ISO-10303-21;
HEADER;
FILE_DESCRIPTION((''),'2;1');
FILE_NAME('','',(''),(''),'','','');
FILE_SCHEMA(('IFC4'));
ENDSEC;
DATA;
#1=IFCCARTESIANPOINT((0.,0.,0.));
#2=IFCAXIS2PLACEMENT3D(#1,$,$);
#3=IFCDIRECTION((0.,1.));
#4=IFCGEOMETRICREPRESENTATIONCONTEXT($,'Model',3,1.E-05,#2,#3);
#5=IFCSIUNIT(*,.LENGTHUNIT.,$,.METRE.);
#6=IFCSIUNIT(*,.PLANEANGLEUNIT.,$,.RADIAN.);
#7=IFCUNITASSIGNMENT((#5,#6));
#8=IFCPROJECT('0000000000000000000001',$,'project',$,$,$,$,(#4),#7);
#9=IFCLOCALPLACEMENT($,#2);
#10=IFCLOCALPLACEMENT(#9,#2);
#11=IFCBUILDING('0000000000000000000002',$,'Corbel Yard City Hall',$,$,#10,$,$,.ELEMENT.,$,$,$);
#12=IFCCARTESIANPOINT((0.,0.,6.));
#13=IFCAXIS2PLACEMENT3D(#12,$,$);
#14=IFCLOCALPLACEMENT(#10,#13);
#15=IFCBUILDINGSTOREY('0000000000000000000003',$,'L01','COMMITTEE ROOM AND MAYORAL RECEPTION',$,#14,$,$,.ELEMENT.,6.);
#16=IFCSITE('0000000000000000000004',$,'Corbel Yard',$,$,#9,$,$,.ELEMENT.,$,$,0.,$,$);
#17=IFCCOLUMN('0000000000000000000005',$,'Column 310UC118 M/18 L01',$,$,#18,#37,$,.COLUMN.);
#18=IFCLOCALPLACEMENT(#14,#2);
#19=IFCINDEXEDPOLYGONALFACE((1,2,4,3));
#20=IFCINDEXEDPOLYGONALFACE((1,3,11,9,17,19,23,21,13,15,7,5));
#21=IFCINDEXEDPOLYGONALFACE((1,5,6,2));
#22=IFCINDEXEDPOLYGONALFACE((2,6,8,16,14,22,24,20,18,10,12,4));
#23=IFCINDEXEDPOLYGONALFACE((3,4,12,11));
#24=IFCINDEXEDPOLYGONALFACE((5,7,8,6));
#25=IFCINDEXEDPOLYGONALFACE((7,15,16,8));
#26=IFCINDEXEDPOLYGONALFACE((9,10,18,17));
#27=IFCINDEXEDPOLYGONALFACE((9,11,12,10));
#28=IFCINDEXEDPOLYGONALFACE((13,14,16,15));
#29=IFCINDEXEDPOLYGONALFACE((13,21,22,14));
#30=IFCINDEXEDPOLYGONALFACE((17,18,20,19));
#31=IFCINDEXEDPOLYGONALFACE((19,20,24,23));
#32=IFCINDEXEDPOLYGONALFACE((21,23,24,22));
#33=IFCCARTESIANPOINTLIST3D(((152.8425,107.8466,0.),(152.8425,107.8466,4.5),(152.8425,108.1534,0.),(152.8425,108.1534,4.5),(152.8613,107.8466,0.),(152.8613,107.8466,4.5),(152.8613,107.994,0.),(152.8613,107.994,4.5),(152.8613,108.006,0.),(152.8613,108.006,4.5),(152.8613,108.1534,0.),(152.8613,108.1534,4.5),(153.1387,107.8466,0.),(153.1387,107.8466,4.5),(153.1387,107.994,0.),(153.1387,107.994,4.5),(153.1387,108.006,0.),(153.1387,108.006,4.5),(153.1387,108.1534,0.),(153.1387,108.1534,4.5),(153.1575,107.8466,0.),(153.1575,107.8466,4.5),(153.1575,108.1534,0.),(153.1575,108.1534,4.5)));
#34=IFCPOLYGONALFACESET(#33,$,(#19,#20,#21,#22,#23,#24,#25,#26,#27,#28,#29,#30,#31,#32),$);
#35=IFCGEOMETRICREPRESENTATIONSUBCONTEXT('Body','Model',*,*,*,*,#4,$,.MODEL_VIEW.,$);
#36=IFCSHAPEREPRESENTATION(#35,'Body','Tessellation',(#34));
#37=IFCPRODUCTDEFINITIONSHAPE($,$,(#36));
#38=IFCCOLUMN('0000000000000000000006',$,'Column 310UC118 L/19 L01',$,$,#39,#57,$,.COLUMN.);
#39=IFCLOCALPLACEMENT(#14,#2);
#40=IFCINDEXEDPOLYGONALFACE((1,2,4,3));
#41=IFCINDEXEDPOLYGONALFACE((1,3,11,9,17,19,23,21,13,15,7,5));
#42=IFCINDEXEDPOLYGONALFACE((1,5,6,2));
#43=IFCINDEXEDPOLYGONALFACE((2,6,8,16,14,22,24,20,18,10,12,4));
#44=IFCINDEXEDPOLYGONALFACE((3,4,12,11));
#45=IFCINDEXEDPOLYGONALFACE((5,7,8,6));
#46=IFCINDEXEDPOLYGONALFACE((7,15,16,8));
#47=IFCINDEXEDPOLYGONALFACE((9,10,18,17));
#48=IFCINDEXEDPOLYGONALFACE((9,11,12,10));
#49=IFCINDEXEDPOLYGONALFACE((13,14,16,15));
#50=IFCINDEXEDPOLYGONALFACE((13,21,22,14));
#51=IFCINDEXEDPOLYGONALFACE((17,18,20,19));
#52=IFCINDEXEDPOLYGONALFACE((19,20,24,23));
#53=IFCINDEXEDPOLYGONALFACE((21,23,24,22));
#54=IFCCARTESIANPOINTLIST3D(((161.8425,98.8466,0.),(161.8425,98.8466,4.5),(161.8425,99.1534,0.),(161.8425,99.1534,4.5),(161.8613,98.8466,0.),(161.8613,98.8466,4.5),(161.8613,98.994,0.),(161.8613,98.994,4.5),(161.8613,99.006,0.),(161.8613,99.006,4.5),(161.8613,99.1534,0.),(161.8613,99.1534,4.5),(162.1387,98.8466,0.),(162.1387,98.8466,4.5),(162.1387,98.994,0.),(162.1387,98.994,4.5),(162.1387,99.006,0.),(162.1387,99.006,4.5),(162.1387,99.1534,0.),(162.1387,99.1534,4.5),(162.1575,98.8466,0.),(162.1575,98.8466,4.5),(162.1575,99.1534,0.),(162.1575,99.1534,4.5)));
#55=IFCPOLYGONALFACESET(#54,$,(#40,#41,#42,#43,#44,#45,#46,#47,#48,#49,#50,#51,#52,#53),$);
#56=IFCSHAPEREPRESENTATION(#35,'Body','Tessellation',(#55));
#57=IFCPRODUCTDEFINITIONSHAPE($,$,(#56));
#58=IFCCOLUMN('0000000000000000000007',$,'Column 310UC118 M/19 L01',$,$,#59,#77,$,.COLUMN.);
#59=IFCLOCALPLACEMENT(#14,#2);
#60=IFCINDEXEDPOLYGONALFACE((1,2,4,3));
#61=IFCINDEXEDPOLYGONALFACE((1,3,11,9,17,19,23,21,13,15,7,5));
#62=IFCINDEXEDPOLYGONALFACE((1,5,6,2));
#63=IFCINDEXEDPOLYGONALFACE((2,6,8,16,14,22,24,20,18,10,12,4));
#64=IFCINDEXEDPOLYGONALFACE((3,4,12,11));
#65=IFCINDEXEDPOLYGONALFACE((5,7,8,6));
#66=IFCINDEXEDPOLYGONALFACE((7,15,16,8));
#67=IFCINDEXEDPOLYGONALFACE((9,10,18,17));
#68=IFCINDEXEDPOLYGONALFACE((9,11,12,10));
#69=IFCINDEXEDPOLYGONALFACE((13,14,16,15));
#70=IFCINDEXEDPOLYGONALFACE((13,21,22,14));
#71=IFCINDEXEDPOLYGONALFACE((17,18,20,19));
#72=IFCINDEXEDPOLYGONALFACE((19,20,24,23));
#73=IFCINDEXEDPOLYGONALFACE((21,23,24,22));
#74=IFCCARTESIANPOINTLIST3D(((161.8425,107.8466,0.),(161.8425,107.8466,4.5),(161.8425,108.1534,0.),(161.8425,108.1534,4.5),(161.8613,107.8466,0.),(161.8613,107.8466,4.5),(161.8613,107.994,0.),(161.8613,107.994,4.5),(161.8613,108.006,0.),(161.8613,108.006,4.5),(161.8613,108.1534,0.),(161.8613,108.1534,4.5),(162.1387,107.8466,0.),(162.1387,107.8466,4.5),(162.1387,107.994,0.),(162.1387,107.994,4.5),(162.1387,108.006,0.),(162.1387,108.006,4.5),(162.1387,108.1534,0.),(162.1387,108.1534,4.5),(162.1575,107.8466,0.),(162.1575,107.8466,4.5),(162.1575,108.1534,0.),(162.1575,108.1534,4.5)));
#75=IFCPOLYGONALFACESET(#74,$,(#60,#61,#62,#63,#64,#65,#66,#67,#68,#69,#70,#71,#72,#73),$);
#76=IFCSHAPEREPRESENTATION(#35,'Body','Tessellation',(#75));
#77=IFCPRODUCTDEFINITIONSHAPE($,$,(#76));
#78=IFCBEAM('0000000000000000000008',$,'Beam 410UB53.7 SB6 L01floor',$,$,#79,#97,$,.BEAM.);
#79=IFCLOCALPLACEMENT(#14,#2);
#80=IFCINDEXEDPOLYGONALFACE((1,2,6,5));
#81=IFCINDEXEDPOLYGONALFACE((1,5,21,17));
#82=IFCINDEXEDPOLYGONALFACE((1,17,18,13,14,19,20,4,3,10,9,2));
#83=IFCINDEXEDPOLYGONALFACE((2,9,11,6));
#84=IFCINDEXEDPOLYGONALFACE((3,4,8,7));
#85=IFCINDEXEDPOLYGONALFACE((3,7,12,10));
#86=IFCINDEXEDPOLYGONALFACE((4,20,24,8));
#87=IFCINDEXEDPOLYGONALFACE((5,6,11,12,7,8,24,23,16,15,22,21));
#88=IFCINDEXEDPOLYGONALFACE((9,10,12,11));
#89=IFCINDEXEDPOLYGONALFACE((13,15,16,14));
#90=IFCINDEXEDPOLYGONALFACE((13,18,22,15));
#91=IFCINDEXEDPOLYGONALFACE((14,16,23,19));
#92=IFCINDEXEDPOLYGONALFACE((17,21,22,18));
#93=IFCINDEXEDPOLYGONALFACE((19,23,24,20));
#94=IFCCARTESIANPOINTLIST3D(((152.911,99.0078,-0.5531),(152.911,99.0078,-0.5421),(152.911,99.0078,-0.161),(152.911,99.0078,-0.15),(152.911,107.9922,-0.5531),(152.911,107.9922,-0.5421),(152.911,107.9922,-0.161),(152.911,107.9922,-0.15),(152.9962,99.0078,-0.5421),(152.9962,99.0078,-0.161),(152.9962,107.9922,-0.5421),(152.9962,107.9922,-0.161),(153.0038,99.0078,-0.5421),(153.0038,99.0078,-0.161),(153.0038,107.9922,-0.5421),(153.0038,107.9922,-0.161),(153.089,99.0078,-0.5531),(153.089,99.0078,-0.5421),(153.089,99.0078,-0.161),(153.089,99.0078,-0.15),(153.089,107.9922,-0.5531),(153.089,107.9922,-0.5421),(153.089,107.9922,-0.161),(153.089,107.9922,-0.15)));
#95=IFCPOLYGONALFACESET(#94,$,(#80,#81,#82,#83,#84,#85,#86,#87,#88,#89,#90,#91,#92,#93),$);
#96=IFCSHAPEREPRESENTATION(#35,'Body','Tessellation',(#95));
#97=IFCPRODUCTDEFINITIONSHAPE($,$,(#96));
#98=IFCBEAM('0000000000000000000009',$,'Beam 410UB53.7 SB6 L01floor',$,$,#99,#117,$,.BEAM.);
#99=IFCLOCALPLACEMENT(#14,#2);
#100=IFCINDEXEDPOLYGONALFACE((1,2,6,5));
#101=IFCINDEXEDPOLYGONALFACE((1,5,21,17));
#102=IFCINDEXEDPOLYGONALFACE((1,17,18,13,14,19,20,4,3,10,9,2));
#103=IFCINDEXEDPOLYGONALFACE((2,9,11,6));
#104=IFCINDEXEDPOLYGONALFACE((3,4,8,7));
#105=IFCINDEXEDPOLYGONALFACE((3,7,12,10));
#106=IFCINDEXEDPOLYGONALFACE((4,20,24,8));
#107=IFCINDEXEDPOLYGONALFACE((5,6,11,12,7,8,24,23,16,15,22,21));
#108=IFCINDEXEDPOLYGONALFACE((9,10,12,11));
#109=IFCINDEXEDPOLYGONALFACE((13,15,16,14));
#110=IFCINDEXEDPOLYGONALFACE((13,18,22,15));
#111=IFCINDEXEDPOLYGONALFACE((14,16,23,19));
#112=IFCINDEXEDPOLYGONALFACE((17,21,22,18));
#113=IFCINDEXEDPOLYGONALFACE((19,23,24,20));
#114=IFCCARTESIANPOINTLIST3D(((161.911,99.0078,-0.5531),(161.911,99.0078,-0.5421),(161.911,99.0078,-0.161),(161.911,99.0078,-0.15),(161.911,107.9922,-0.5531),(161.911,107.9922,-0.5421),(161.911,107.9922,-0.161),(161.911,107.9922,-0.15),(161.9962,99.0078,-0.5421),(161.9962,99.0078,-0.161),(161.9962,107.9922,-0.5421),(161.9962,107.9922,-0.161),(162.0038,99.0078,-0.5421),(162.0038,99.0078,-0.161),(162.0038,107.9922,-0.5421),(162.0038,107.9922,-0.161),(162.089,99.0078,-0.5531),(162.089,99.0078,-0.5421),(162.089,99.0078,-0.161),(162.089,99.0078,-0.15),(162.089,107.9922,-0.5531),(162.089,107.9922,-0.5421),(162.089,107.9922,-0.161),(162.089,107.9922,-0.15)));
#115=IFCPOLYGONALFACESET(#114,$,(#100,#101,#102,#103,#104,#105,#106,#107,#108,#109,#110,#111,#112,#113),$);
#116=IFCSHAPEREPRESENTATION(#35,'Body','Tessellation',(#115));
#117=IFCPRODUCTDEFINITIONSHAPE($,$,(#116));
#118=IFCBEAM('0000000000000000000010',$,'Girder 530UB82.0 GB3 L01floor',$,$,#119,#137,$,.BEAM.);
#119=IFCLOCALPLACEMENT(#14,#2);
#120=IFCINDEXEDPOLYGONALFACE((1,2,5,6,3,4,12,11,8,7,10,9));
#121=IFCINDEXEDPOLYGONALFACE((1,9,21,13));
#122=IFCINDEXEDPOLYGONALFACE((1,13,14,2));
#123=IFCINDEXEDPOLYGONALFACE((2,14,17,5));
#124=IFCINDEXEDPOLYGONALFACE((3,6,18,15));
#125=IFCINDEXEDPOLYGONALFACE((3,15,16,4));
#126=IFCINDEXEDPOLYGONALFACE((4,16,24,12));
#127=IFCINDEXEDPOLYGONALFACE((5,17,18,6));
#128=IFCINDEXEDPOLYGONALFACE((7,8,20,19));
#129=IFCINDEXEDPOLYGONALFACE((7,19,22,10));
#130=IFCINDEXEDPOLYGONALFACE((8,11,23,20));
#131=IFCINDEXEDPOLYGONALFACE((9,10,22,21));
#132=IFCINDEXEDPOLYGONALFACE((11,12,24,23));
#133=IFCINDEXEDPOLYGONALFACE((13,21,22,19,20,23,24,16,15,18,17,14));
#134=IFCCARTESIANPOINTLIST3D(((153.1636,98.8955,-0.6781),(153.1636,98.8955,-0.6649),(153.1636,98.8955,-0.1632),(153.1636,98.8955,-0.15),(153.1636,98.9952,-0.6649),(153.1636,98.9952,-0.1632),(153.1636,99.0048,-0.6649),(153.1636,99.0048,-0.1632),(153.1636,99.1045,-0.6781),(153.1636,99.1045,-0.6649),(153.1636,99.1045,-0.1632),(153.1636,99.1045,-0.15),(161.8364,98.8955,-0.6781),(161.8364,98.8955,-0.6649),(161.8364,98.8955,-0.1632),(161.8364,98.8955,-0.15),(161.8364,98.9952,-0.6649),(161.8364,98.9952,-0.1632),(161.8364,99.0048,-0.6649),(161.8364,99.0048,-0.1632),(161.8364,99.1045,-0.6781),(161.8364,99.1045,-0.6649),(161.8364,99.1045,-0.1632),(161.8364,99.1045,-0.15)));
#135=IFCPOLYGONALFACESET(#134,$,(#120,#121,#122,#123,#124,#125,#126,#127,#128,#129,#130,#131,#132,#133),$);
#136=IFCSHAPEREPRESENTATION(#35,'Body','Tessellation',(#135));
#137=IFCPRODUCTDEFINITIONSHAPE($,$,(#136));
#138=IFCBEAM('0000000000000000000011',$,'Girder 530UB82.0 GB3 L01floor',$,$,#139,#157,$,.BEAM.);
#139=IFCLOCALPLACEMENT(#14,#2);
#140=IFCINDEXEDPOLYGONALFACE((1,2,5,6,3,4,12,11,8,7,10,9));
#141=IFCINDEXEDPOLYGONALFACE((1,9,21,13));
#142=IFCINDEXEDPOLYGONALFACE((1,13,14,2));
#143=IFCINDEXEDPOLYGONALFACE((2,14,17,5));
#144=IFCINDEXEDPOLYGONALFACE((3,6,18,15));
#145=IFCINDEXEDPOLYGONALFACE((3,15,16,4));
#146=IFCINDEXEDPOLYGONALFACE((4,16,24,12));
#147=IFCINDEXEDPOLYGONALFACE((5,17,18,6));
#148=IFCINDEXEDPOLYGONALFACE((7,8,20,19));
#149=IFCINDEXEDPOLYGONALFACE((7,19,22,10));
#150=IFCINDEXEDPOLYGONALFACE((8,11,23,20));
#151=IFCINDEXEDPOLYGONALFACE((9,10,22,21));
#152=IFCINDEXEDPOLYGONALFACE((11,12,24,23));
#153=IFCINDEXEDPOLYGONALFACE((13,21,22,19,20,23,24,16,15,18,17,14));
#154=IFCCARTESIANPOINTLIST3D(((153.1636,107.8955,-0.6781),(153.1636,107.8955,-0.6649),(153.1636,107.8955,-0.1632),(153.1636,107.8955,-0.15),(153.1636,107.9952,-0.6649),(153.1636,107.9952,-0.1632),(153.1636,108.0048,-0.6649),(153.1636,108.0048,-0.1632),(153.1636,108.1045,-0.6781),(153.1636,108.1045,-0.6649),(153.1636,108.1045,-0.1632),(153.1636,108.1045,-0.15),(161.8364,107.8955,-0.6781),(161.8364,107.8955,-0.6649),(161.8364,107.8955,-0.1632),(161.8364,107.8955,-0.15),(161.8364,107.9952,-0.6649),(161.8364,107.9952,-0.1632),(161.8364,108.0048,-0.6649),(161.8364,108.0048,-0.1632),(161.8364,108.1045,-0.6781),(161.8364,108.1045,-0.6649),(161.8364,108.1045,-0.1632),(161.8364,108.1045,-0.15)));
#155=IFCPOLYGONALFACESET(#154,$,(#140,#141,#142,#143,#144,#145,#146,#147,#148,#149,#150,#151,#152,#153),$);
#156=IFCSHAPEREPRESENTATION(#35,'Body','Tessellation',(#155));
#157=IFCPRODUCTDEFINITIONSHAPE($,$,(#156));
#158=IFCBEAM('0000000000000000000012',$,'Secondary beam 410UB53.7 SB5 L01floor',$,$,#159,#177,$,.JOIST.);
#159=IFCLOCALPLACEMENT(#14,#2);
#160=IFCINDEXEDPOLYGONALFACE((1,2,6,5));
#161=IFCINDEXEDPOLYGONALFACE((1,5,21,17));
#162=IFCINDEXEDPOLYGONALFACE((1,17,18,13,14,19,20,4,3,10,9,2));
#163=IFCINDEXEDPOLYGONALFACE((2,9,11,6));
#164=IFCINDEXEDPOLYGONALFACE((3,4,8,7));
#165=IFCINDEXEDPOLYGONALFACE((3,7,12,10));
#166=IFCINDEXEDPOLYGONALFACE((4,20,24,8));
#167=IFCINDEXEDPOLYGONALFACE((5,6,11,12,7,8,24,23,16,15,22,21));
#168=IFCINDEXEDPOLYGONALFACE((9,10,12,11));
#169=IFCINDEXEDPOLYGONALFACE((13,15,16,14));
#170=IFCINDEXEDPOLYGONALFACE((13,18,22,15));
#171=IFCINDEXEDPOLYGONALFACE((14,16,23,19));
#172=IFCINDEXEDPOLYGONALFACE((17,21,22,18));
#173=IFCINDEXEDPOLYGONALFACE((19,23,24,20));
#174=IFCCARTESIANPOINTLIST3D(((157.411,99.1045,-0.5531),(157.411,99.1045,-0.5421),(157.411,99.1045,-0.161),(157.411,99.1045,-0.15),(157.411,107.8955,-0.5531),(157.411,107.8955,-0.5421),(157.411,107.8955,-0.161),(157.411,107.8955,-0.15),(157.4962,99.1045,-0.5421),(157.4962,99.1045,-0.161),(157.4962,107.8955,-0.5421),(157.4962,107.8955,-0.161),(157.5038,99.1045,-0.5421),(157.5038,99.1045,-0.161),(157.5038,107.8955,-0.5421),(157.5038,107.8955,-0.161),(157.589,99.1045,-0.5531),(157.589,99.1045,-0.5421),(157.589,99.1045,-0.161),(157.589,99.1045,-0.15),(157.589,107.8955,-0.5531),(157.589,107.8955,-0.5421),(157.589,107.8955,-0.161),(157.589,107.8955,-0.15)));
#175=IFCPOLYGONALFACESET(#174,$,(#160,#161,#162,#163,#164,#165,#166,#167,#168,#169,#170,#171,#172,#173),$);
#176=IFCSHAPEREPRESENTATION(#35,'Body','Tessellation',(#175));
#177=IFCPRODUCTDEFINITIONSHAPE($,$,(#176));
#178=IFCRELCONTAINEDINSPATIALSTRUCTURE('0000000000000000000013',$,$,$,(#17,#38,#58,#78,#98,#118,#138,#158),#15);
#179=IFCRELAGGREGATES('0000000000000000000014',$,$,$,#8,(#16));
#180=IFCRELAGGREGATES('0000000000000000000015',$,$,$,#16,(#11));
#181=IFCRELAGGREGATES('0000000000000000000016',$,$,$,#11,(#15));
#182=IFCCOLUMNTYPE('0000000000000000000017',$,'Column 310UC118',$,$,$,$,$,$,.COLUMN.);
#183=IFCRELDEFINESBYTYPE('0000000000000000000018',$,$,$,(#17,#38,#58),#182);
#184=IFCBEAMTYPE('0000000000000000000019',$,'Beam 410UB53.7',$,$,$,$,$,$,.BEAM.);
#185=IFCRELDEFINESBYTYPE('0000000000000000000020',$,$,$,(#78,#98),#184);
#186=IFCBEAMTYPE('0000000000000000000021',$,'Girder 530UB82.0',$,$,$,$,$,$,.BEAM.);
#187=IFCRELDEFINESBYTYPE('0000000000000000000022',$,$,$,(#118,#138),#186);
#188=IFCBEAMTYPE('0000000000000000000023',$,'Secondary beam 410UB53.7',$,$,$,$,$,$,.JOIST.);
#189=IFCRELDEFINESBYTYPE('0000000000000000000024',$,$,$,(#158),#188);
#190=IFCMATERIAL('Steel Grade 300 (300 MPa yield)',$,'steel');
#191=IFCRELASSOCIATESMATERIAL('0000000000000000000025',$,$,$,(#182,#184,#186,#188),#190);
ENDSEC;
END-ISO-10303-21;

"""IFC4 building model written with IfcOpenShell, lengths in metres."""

from ifc_helpers import new_model, si_unit, direction, frame, origin, origin_2d, place, context, subcontext, project, spatial, i_section, extrude, material, material_profile, profile_set, type_object, element, save


model = new_model("IFC4")

# Units and contexts
model_context = context("Model", 3, precision=1e-05, world=origin(), true_north=direction((0.0, 1.0)))
body_context = subcontext(model_context, "Body", "Model", "MODEL_VIEW")
ifc_project = project(units=[si_unit("LENGTHUNIT", "METRE"), si_unit("PLANEANGLEUNIT", "RADIAN")], contexts=[model_context])

# Site, building, storey
site_placement = place(None, origin())
site = spatial("IfcSite", under=ifc_project, at=site_placement, Name="Corbel Yard", CompositionType="ELEMENT", RefElevation=0.0)
building_placement = place(site_placement, origin())
building = spatial("IfcBuilding", under=site, at=building_placement, Name="Corbel Yard City Hall", CompositionType="ELEMENT")
storey_placement = place(building_placement, frame((0.0, 0.0, 6.0)))
storey = spatial("IfcBuildingStorey", under=building, at=storey_placement, Name="L01", Description="COMMITTEE ROOM AND MAYORAL RECEPTION", CompositionType="ELEMENT", Elevation=6.0)

# Columns
ifc_material_1 = material(Name="Steel Grade 300 (300 MPa yield)", Category="steel")
ifc_material_profile_1 = material_profile(ifc_material_1, i_section(OverallWidth=0.3069, OverallDepth=0.3149, WebThickness=0.012, FlangeThickness=0.0188, at=origin_2d()), Name="310UC118")
ifc_profile_set_1 = profile_set([ifc_material_profile_1], Name="Steel Grade 300 (300 MPa yield)")
column_type = type_object("IfcColumnType", Name="Column 310UC118", PredefinedType="COLUMN", material=ifc_profile_set_1)
for number, where, z_axis, x_axis, name in (
    (1, (153.0, 108.0, 0.0), (0.0, 0.0, 1.0), (0.0, 1.0, 0.0), "Column 310UC118 M/18 L01"),
    (2, (162.0, 99.0, 0.0), (0.0, 0.0, 1.0), (0.0, 1.0, 0.0), "Column 310UC118 L/19 L01"),
    (3, (162.0, 108.0, 0.0), (0.0, 0.0, 1.0), (0.0, 1.0, 0.0), "Column 310UC118 M/19 L01"),
):
    element("IfcColumn", number, at=place(storey_placement, frame(where, z_axis=z_axis, x_axis=x_axis)), inside=storey, type_object=column_type, Name=name, PredefinedType="COLUMN", context=body_context, shape_type="SweptSolid", body=[
        extrude(i_section(OverallWidth=0.3069, OverallDepth=0.3149, WebThickness=0.012, FlangeThickness=0.0188, at=origin_2d()), origin(), (0.0, 0.0, 1.0), 4.5),
    ])

# Beams
ifc_material_profile_2 = material_profile(ifc_material_1, i_section(OverallWidth=0.178, OverallDepth=0.4031, WebThickness=0.0076, FlangeThickness=0.011, at=origin_2d()), Name="410UB53.7")
ifc_profile_set_2 = profile_set([ifc_material_profile_2], Name="Steel Grade 300 (300 MPa yield)")
beam_type_1 = type_object("IfcBeamType", Name="Beam 410UB53.7", PredefinedType="BEAM", material=ifc_profile_set_2)
for number, where, z_axis, x_axis, name in (
    (4, (153.0, 99.0078, -0.3516), (0.0, 1.0, 0.0), (-1.0, 0.0, 0.0), "Beam 410UB53.7 SB6 L01floor"),
    (5, (162.0, 99.0078, -0.3516), (0.0, 1.0, 0.0), (-1.0, 0.0, 0.0), "Beam 410UB53.7 SB6 L01floor"),
):
    element("IfcBeam", number, at=place(storey_placement, frame(where, z_axis=z_axis, x_axis=x_axis)), inside=storey, type_object=beam_type_1, Name=name, PredefinedType="BEAM", context=body_context, shape_type="SweptSolid", body=[
        extrude(i_section(OverallWidth=0.178, OverallDepth=0.4031, WebThickness=0.0076, FlangeThickness=0.011, at=origin_2d()), origin(), (0.0, 0.0, 1.0), 8.9844),
    ])
ifc_material_profile_3 = material_profile(ifc_material_1, i_section(OverallWidth=0.209, OverallDepth=0.5281, WebThickness=0.0095, FlangeThickness=0.0132, at=origin_2d()), Name="530UB82.0")
ifc_profile_set_3 = profile_set([ifc_material_profile_3], Name="Steel Grade 300 (300 MPa yield)")
beam_type_2 = type_object("IfcBeamType", Name="Girder 530UB82.0", PredefinedType="BEAM", material=ifc_profile_set_3)
for number, where, z_axis, x_axis, name in (
    (6, (153.1636, 99.0, -0.4141), (1.0, 0.0, 0.0), (0.0, 1.0, 0.0), "Girder 530UB82.0 GB3 L01floor"),
    (7, (153.1636, 108.0, -0.4141), (1.0, 0.0, 0.0), (0.0, 1.0, 0.0), "Girder 530UB82.0 GB3 L01floor"),
):
    element("IfcBeam", number, at=place(storey_placement, frame(where, z_axis=z_axis, x_axis=x_axis)), inside=storey, type_object=beam_type_2, Name=name, PredefinedType="BEAM", context=body_context, shape_type="SweptSolid", body=[
        extrude(i_section(OverallWidth=0.209, OverallDepth=0.5281, WebThickness=0.0095, FlangeThickness=0.0132, at=origin_2d()), origin(), (0.0, 0.0, 1.0), 8.6729),
    ])
ifc_material_profile_4 = material_profile(ifc_material_1, i_section(OverallWidth=0.178, OverallDepth=0.4031, WebThickness=0.0076, FlangeThickness=0.011, at=origin_2d()), Name="410UB53.7")
ifc_profile_set_4 = profile_set([ifc_material_profile_4], Name="Steel Grade 300 (300 MPa yield)")
beam_type_3 = type_object("IfcBeamType", Name="Secondary beam 410UB53.7", PredefinedType="JOIST", material=ifc_profile_set_4)
beam_placement = place(storey_placement, frame((157.5, 99.1045, -0.3516), z_axis=(0.0, 1.0, 0.0), x_axis=(-1.0, 0.0, 0.0)))
element("IfcBeam", 8, at=beam_placement, inside=storey, type_object=beam_type_3, Name="Secondary beam 410UB53.7 SB5 L01floor", PredefinedType="JOIST", context=body_context, shape_type="SweptSolid", body=[
    extrude(i_section(OverallWidth=0.178, OverallDepth=0.4031, WebThickness=0.0076, FlangeThickness=0.011, at=origin_2d()), origin(), (0.0, 0.0, 1.0), 8.791),
])

save(model, "model.ifc")
